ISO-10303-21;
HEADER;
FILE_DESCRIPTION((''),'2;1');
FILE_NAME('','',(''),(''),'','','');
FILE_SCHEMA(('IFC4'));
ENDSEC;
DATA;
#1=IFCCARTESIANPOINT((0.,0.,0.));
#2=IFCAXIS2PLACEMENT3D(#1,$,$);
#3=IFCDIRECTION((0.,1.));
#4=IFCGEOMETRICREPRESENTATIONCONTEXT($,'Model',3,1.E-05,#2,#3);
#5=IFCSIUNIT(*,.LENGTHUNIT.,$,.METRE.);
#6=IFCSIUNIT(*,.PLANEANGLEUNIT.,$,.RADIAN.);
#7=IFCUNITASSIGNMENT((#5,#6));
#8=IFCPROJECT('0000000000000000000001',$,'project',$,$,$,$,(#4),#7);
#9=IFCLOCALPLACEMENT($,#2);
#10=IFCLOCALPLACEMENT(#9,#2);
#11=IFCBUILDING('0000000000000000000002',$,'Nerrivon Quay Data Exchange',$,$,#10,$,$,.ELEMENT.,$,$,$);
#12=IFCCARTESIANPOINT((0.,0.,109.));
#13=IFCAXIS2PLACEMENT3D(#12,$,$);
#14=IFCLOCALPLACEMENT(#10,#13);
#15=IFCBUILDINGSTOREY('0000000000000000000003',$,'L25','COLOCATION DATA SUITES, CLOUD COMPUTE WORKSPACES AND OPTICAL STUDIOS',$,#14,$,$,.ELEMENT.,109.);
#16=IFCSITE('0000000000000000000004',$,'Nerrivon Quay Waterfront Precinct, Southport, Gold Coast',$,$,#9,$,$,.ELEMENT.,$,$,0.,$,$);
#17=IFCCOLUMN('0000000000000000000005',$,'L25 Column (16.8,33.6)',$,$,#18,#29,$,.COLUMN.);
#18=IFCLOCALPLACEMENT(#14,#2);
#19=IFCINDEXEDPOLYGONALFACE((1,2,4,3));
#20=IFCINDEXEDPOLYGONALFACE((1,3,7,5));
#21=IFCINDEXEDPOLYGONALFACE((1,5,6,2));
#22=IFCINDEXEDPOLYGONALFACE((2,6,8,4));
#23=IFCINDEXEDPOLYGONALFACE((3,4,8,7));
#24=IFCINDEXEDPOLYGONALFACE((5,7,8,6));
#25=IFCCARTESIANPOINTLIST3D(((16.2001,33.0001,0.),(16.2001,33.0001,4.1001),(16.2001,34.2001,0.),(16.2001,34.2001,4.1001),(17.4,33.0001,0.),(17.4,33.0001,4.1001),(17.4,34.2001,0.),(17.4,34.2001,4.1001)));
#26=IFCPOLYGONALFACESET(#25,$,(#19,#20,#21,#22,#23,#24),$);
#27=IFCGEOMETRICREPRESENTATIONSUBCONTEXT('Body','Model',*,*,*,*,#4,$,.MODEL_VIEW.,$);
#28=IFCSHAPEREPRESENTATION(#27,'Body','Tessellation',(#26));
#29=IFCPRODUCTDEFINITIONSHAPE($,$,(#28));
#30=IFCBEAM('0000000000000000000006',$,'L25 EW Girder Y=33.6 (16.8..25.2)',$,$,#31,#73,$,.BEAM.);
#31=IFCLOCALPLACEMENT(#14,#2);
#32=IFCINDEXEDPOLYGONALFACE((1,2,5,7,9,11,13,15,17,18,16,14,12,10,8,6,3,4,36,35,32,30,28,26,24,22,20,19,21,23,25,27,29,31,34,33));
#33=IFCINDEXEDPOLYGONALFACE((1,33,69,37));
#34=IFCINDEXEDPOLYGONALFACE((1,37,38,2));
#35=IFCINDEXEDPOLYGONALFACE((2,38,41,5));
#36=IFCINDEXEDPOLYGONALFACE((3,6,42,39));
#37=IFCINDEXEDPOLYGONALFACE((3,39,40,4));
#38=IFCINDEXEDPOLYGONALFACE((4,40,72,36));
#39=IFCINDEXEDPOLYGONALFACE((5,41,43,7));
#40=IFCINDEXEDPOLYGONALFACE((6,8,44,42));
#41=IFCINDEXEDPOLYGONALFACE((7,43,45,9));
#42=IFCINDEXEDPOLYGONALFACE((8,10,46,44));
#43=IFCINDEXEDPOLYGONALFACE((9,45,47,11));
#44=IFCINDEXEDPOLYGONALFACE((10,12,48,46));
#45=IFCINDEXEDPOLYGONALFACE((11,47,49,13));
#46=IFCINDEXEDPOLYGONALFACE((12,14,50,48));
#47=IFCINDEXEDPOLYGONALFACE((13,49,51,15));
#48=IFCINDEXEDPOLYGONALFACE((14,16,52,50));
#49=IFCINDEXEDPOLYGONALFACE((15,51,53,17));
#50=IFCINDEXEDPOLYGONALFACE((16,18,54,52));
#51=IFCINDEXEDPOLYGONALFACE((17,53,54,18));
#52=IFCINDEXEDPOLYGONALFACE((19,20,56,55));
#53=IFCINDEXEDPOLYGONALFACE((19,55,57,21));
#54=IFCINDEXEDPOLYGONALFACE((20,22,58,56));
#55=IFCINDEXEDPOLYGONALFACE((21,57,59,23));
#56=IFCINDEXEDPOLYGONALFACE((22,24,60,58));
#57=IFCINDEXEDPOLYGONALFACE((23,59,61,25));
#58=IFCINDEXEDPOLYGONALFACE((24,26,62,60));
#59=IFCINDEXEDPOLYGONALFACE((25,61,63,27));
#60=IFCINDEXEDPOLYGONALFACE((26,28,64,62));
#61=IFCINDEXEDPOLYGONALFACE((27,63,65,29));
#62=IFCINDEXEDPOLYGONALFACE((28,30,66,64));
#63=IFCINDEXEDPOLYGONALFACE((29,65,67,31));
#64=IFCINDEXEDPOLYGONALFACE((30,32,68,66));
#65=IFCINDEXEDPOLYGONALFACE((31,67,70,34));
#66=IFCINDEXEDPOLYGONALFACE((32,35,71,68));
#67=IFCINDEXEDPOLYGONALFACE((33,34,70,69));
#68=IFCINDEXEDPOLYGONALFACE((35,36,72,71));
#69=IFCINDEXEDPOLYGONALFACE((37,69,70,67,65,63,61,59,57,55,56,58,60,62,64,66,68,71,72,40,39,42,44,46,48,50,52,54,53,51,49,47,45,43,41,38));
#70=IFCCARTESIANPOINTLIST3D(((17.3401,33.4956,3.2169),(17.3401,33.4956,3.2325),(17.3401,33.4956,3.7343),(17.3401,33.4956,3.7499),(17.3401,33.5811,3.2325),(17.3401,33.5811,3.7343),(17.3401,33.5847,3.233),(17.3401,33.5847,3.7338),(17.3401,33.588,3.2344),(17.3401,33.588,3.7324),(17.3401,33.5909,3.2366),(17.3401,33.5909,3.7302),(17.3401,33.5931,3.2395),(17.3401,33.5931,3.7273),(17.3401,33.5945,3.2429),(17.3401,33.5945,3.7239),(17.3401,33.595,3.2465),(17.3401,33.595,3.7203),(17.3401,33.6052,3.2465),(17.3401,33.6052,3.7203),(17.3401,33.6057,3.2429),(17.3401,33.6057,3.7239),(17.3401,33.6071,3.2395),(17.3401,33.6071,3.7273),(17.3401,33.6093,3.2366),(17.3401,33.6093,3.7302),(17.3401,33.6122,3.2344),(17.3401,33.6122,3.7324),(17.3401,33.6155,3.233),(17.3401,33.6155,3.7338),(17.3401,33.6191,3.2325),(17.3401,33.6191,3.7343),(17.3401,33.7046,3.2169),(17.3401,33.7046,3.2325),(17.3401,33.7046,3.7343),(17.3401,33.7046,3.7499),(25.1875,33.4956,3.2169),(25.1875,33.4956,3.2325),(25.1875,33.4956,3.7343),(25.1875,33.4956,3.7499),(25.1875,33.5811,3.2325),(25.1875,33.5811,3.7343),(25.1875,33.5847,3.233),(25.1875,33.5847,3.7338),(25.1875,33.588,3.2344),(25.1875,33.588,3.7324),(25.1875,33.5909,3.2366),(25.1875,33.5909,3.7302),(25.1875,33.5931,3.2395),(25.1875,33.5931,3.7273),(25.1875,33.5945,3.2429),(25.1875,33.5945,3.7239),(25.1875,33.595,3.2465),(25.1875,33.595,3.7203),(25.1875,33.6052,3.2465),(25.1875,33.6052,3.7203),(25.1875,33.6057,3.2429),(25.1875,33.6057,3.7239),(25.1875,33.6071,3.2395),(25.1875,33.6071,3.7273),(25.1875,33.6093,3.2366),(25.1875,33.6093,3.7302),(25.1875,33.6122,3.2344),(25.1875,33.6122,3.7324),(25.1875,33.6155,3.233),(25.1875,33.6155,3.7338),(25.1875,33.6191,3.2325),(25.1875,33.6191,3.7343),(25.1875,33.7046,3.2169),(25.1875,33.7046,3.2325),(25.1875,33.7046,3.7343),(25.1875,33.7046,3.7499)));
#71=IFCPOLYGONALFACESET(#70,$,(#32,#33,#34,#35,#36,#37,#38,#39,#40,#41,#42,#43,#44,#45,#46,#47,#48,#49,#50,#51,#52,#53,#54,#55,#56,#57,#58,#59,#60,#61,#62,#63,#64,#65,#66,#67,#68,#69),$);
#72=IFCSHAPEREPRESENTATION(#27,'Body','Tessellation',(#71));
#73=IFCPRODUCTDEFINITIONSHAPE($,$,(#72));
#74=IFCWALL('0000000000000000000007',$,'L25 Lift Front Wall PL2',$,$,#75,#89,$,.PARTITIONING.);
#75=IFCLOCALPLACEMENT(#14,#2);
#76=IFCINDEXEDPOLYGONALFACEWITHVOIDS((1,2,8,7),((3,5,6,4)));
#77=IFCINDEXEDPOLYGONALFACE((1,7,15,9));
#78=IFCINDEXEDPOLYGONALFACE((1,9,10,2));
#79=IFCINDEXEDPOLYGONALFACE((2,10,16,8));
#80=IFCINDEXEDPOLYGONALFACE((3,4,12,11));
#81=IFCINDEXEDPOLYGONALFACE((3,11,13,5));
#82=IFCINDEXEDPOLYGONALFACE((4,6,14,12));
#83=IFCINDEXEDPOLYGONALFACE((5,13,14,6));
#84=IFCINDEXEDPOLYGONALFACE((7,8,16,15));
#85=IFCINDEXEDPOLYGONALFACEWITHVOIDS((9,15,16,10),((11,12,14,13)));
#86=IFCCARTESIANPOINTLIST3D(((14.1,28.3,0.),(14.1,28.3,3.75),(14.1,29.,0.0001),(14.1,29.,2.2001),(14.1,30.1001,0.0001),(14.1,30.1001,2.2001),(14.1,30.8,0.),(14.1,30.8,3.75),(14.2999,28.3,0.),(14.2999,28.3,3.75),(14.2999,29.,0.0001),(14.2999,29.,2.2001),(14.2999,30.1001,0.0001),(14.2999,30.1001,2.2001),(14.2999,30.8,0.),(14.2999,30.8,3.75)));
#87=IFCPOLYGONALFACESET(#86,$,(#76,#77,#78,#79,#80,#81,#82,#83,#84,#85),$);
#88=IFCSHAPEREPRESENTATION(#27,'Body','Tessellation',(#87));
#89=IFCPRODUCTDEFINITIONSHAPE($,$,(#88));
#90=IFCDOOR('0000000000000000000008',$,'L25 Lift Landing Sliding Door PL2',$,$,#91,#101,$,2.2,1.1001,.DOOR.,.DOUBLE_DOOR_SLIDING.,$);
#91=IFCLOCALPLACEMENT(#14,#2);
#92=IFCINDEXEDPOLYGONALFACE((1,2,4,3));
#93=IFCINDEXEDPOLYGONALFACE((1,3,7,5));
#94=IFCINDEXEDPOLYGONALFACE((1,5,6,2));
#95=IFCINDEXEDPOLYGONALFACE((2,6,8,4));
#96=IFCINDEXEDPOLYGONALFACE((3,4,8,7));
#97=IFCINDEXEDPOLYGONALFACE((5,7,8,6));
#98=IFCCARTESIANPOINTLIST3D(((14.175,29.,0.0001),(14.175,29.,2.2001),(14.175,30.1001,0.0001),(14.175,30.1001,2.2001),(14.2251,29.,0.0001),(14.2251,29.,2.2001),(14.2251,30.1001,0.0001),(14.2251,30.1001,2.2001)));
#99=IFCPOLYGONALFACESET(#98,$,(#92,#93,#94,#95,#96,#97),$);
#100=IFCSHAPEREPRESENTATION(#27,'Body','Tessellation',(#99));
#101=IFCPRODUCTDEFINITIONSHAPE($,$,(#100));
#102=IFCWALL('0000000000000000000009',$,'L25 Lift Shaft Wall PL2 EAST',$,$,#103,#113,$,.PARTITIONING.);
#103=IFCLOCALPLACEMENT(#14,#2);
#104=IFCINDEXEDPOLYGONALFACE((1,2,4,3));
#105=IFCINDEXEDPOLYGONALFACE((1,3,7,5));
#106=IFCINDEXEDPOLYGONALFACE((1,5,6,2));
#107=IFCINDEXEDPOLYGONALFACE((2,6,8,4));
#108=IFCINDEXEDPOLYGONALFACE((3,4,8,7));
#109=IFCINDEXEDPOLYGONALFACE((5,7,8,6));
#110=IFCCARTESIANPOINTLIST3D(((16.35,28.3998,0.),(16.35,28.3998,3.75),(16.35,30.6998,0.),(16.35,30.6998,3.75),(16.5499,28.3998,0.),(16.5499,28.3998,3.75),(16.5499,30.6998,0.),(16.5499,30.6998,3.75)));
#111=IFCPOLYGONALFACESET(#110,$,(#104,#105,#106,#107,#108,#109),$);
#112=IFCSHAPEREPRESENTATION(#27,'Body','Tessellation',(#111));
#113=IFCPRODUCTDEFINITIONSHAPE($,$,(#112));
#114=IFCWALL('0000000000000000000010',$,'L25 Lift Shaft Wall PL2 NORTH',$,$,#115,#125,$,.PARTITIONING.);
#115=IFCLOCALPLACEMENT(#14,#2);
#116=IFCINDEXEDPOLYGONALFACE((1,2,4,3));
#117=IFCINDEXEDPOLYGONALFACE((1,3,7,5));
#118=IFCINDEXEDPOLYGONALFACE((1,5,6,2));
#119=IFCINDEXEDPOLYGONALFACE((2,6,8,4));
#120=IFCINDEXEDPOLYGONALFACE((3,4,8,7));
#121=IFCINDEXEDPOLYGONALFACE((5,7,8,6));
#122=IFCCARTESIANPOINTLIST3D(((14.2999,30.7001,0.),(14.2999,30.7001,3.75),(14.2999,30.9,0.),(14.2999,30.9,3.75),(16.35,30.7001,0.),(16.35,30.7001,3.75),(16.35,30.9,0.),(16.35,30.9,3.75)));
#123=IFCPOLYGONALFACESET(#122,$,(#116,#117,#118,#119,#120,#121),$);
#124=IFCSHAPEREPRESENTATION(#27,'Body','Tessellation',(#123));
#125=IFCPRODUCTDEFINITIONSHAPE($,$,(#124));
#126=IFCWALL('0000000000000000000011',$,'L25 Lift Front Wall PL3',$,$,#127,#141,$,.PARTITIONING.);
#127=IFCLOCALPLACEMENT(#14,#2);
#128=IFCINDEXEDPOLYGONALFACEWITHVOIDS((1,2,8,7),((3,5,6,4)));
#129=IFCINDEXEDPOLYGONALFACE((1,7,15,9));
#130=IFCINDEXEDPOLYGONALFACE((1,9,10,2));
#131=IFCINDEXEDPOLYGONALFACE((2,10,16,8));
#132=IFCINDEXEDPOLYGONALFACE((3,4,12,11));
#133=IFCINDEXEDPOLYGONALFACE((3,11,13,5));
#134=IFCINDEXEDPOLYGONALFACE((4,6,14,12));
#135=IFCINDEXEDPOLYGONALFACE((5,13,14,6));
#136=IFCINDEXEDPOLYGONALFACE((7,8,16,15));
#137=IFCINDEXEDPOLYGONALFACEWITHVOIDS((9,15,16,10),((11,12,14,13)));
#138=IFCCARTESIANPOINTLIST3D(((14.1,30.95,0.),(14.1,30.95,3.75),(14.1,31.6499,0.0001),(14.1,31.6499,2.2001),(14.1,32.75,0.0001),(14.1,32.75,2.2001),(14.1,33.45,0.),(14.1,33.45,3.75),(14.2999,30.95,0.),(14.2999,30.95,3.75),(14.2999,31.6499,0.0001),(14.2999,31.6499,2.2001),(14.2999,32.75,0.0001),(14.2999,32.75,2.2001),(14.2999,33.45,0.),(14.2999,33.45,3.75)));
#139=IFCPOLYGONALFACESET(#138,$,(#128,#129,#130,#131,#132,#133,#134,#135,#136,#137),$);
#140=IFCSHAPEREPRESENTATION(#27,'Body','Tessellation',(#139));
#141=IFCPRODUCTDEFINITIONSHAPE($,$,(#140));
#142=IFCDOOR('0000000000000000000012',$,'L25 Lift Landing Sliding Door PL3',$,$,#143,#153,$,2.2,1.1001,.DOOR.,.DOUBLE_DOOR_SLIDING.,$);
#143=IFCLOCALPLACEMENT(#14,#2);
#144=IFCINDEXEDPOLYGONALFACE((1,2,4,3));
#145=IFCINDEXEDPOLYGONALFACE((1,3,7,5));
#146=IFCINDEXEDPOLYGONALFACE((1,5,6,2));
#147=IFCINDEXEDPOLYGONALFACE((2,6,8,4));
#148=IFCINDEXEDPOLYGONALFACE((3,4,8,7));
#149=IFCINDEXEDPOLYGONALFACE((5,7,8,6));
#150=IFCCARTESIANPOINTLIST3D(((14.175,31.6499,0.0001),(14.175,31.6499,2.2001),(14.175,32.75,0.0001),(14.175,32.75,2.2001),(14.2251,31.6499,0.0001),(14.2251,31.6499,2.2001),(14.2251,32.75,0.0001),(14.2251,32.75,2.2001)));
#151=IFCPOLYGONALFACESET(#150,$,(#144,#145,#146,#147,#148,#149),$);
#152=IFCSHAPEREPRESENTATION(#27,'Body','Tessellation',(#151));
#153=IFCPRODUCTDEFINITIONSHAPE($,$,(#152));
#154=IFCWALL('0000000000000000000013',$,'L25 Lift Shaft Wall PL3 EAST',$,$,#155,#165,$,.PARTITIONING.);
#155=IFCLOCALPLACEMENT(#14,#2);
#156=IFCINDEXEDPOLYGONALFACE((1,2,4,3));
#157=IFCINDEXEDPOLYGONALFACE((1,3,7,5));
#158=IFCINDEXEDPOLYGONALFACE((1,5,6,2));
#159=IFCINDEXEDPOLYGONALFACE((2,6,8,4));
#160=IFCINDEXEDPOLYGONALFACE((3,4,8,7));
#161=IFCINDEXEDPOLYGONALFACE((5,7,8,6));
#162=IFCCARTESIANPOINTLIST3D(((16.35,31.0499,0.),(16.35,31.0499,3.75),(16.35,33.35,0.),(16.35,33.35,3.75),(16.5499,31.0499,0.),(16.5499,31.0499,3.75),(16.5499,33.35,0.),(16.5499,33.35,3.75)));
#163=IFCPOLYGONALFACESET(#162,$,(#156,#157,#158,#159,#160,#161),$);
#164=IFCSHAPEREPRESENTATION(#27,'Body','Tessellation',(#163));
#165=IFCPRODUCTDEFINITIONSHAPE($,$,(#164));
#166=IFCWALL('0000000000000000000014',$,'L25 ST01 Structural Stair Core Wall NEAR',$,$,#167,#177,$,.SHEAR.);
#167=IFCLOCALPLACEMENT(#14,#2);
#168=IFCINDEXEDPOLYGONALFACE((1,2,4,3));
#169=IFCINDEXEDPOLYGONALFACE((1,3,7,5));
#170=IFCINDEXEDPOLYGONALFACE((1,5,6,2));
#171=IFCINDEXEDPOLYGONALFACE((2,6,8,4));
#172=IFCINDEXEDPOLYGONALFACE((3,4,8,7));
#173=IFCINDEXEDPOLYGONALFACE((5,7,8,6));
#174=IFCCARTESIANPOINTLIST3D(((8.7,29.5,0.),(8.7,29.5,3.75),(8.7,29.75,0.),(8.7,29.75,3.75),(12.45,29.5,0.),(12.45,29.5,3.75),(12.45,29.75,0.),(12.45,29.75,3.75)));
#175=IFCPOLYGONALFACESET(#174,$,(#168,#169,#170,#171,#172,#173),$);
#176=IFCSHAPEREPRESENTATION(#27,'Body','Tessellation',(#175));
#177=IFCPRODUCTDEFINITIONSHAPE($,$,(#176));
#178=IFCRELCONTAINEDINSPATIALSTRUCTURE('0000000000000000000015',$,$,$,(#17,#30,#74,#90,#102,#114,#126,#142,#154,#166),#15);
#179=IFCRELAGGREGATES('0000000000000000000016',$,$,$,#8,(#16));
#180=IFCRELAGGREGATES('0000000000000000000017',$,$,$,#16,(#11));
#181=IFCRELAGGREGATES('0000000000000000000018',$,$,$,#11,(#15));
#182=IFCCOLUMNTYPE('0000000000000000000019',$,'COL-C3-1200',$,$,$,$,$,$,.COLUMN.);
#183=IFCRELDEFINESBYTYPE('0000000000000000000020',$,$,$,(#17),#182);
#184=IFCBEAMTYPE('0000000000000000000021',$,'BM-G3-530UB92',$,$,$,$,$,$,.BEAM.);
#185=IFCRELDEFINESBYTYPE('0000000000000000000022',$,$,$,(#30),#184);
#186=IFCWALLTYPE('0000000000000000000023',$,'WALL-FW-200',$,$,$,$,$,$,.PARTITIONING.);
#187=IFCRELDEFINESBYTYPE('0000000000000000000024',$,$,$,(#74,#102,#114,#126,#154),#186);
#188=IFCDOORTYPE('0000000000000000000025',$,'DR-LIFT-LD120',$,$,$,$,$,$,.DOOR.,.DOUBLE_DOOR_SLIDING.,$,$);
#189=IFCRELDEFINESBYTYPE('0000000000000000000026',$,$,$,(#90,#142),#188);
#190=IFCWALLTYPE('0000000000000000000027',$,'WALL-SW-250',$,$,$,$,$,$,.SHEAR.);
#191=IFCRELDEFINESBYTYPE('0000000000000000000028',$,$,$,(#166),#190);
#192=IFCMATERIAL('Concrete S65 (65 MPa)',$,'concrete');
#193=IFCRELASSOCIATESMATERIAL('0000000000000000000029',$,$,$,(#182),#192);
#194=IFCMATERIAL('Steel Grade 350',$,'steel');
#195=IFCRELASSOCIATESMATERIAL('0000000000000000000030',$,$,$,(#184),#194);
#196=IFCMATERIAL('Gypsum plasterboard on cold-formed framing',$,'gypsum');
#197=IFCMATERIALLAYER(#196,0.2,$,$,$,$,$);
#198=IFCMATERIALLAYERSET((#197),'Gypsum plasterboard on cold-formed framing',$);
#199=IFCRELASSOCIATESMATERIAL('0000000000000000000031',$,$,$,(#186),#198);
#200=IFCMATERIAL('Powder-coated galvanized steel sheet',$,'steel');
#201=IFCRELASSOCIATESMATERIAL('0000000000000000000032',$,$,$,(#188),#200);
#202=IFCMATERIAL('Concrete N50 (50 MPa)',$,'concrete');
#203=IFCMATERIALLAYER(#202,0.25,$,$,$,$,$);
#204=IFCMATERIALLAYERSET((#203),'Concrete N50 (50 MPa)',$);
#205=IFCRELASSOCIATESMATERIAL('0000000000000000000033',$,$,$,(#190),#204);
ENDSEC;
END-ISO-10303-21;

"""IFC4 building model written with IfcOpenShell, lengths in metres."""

from ifc_helpers import new_model, si_unit, direction, frame, frame_2d, origin, origin_2d, place, context, subcontext, project, spatial, rectangle, i_section, extrude, material, layer, layer_set, material_profile, profile_set, type_object, element, fill, save


model = new_model("IFC4")

# Units and contexts
model_context = context("Model", 3, precision=1e-05, world=origin(), true_north=direction((0.0, 1.0)))
body_context = subcontext(model_context, "Body", "Model", "MODEL_VIEW")
ifc_project = project(units=[si_unit("LENGTHUNIT", "METRE"), si_unit("PLANEANGLEUNIT", "RADIAN")], contexts=[model_context])

# Site, building, storey
site_placement = place(None, origin())
site = spatial("IfcSite", under=ifc_project, at=site_placement, Name="Nerrivon Quay Waterfront Precinct, Southport, Gold Coast", CompositionType="ELEMENT", RefElevation=0.0)
building_placement = place(site_placement, origin())
building = spatial("IfcBuilding", under=site, at=building_placement, Name="Nerrivon Quay Data Exchange", CompositionType="ELEMENT")
storey_placement = place(building_placement, frame((0.0, 0.0, 109.0)))
storey = spatial("IfcBuildingStorey", under=building, at=storey_placement, Name="L25", Description="COLOCATION DATA SUITES, CLOUD COMPUTE WORKSPACES AND OPTICAL STUDIOS", CompositionType="ELEMENT", Elevation=109.0)

# Column
ifc_material_1 = material(Name="Concrete S65 (65 MPa)", Category="concrete")
ifc_material_profile_1 = material_profile(ifc_material_1, rectangle(XDim=1.2, YDim=1.2, at=origin_2d()), Name="RC-COL-1200x1200")
ifc_profile_set_1 = profile_set([ifc_material_profile_1], Name="Concrete S65 (65 MPa)")
column_type = type_object("IfcColumnType", Name="COL-C3-1200", PredefinedType="COLUMN", material=ifc_profile_set_1)
column_placement = place(storey_placement, frame((16.8, 33.6001, 0.0), z_axis=(0.0, 0.0, 1.0), x_axis=(1.0, 0.0, 0.0)))
element("IfcColumn", 1, at=column_placement, inside=storey, type_object=column_type, Name="L25 Column (16.8,33.6)", PredefinedType="COLUMN", context=body_context, shape_type="SweptSolid", body=[
    extrude(rectangle(XDim=1.2, YDim=1.2, at=origin_2d()), origin(), (0.0, 0.0, 1.0), 4.1001),
])

# Beam
ifc_material_2 = material(Name="Steel Grade 350", Category="steel")
ifc_material_profile_2 = material_profile(ifc_material_2, i_section(OverallWidth=0.209, OverallDepth=0.533, WebThickness=0.0103, FlangeThickness=0.0156, FilletRadius=0.0139, at=origin_2d()), Name="530UB92.4")
ifc_profile_set_2 = profile_set([ifc_material_profile_2], Name="Steel Grade 350")
beam_type = type_object("IfcBeamType", Name="BM-G3-530UB92", PredefinedType="BEAM", material=ifc_profile_set_2)
beam_placement = place(storey_placement, frame((17.3401, 33.6001, 3.4834), z_axis=(1.0, 0.0, 0.0), x_axis=(0.0, 1.0, 0.0)))
element("IfcBeam", 2, at=beam_placement, inside=storey, type_object=beam_type, Name="L25 EW Girder Y=33.6 (16.8..25.2)", PredefinedType="BEAM", context=body_context, shape_type="SweptSolid", body=[
    extrude(i_section(OverallWidth=0.209, OverallDepth=0.533, WebThickness=0.0103, FlangeThickness=0.0156, FilletRadius=0.0139, at=origin_2d()), origin(), (0.0, 0.0, 1.0), 7.8474),
])

# Wall, opening, door
ifc_material_3 = material(Name="Gypsum plasterboard on cold-formed framing", Category="gypsum")
ifc_layer_1 = layer(ifc_material_3, 0.2)
ifc_layer_set_1 = layer_set([ifc_layer_1], Name="Gypsum plasterboard on cold-formed framing")
wall_type_1 = type_object("IfcWallType", Name="WALL-FW-200", PredefinedType="PARTITIONING", material=ifc_layer_set_1)
wall_1_placement = place(storey_placement, frame((14.2, 28.3, 0.0), z_axis=(0.0, 0.0, 1.0), x_axis=(0.0, 1.0, 0.0)))
wall_1 = element("IfcWall", 3, at=wall_1_placement, inside=storey, type_object=wall_type_1, Name="L25 Lift Front Wall PL2", PredefinedType="PARTITIONING", context=body_context, shape_type="SweptSolid", body=[
    extrude(rectangle(XDim=2.5, YDim=0.2, at=frame_2d((1.25, 0.0))), origin(), (0.0, 0.0, 1.0), 3.75),
])
opening_1_placement = place(wall_1_placement, frame((0.7, 0.0, 0.0)))
opening_1 = element("IfcOpeningElement", 4, at=opening_1_placement, cuts=wall_1, PredefinedType="OPENING", context=body_context, shape_type="SweptSolid", body=[
    extrude(rectangle(XDim=1.1001, YDim=2.2, at=frame_2d((0.55, 1.1001))), frame((0.0, 0.1099, 0.0), z_axis=(0.0, -1.0, 0.0), x_axis=(1.0, 0.0, 0.0)), (0.0, 0.0, 1.0), 0.22),
])
ifc_material_4 = material(Name="Powder-coated galvanized steel sheet", Category="steel")
door_type_1 = type_object("IfcDoorType", Name="DR-LIFT-LD120", OperationType="DOUBLE_DOOR_SLIDING", PredefinedType="DOOR", material=ifc_material_4)
door_1_placement = place(opening_1_placement, origin())
door_1 = element("IfcDoor", 5, at=door_1_placement, inside=storey, type_object=door_type_1, Name="L25 Lift Landing Sliding Door PL2", OperationType="DOUBLE_DOOR_SLIDING", OverallHeight=2.2, OverallWidth=1.1001, PredefinedType="DOOR", context=body_context, shape_type="SweptSolid", body=[
    extrude(rectangle(XDim=1.1001, YDim=2.2, at=frame_2d((0.55, 1.1001))), frame((0.0, 0.0249, 0.0), z_axis=(0.0, -1.0, 0.0), x_axis=(1.0, 0.0, 0.0)), (0.0, 0.0, 1.0), 0.05),
])
fill(opening_1, door_1)

# Walls
wall_2_placement = place(storey_placement, frame((16.45, 28.3999, 0.0), z_axis=(0.0, 0.0, 1.0), x_axis=(0.0, 1.0, 0.0)))
element("IfcWall", 6, at=wall_2_placement, inside=storey, type_object=wall_type_1, Name="L25 Lift Shaft Wall PL2 EAST", PredefinedType="PARTITIONING", context=body_context, shape_type="SweptSolid", body=[
    extrude(rectangle(XDim=2.3, YDim=0.2, at=frame_2d((1.1499, 0.0))), origin(), (0.0, 0.0, 1.0), 3.75),
])
wall_3_placement = place(storey_placement, frame((14.3, 30.8, 0.0), z_axis=(0.0, 0.0, 1.0), x_axis=(1.0, 0.0, 0.0)))
element("IfcWall", 7, at=wall_3_placement, inside=storey, type_object=wall_type_1, Name="L25 Lift Shaft Wall PL2 NORTH", PredefinedType="PARTITIONING", context=body_context, shape_type="SweptSolid", body=[
    extrude(rectangle(XDim=2.05, YDim=0.2, at=frame_2d((1.0249, 0.0))), origin(), (0.0, 0.0, 1.0), 3.75),
])

# Wall, opening, door
wall_4_placement = place(storey_placement, frame((14.2, 30.95, 0.0), z_axis=(0.0, 0.0, 1.0), x_axis=(0.0, 1.0, 0.0)))
wall_4 = element("IfcWall", 8, at=wall_4_placement, inside=storey, type_object=wall_type_1, Name="L25 Lift Front Wall PL3", PredefinedType="PARTITIONING", context=body_context, shape_type="SweptSolid", body=[
    extrude(rectangle(XDim=2.5, YDim=0.2, at=frame_2d((1.25, 0.0))), origin(), (0.0, 0.0, 1.0), 3.75),
])
opening_2_placement = place(wall_4_placement, frame((0.7, 0.0, 0.0)))
opening_2 = element("IfcOpeningElement", 9, at=opening_2_placement, cuts=wall_4, PredefinedType="OPENING", context=body_context, shape_type="SweptSolid", body=[
    extrude(rectangle(XDim=1.1001, YDim=2.2, at=frame_2d((0.55, 1.1001))), frame((0.0, 0.1099, 0.0), z_axis=(0.0, -1.0, 0.0), x_axis=(1.0, 0.0, 0.0)), (0.0, 0.0, 1.0), 0.22),
])
door_2_placement = place(opening_2_placement, origin())
door_2 = element("IfcDoor", 10, at=door_2_placement, inside=storey, type_object=door_type_1, Name="L25 Lift Landing Sliding Door PL3", OperationType="DOUBLE_DOOR_SLIDING", OverallHeight=2.2, OverallWidth=1.1001, PredefinedType="DOOR", context=body_context, shape_type="SweptSolid", body=[
    extrude(rectangle(XDim=1.1001, YDim=2.2, at=frame_2d((0.55, 1.1001))), frame((0.0, 0.0249, 0.0), z_axis=(0.0, -1.0, 0.0), x_axis=(1.0, 0.0, 0.0)), (0.0, 0.0, 1.0), 0.05),
])
fill(opening_2, door_2)

# Walls
wall_5_placement = place(storey_placement, frame((16.45, 31.05, 0.0), z_axis=(0.0, 0.0, 1.0), x_axis=(0.0, 1.0, 0.0)))
element("IfcWall", 11, at=wall_5_placement, inside=storey, type_object=wall_type_1, Name="L25 Lift Shaft Wall PL3 EAST", PredefinedType="PARTITIONING", context=body_context, shape_type="SweptSolid", body=[
    extrude(rectangle(XDim=2.3, YDim=0.2, at=frame_2d((1.1499, 0.0))), origin(), (0.0, 0.0, 1.0), 3.75),
])
ifc_material_5 = material(Name="Concrete N50 (50 MPa)", Category="concrete")
ifc_layer_2 = layer(ifc_material_5, 0.25)
ifc_layer_set_2 = layer_set([ifc_layer_2], Name="Concrete N50 (50 MPa)")
wall_type_2 = type_object("IfcWallType", Name="WALL-SW-250", PredefinedType="SHEAR", material=ifc_layer_set_2)
wall_6_placement = place(storey_placement, frame((12.45, 29.625, 0.0), z_axis=(0.0, 0.0, 1.0), x_axis=(-1.0, 0.0, 0.0)))
element("IfcWall", 12, at=wall_6_placement, inside=storey, type_object=wall_type_2, Name="L25 ST01 Structural Stair Core Wall NEAR", PredefinedType="SHEAR", context=body_context, shape_type="SweptSolid", body=[
    extrude(rectangle(XDim=3.75, YDim=0.25, at=frame_2d((1.875, 0.0))), origin(), (0.0, 0.0, 1.0), 3.75),
])

save(model, "model.ifc")
